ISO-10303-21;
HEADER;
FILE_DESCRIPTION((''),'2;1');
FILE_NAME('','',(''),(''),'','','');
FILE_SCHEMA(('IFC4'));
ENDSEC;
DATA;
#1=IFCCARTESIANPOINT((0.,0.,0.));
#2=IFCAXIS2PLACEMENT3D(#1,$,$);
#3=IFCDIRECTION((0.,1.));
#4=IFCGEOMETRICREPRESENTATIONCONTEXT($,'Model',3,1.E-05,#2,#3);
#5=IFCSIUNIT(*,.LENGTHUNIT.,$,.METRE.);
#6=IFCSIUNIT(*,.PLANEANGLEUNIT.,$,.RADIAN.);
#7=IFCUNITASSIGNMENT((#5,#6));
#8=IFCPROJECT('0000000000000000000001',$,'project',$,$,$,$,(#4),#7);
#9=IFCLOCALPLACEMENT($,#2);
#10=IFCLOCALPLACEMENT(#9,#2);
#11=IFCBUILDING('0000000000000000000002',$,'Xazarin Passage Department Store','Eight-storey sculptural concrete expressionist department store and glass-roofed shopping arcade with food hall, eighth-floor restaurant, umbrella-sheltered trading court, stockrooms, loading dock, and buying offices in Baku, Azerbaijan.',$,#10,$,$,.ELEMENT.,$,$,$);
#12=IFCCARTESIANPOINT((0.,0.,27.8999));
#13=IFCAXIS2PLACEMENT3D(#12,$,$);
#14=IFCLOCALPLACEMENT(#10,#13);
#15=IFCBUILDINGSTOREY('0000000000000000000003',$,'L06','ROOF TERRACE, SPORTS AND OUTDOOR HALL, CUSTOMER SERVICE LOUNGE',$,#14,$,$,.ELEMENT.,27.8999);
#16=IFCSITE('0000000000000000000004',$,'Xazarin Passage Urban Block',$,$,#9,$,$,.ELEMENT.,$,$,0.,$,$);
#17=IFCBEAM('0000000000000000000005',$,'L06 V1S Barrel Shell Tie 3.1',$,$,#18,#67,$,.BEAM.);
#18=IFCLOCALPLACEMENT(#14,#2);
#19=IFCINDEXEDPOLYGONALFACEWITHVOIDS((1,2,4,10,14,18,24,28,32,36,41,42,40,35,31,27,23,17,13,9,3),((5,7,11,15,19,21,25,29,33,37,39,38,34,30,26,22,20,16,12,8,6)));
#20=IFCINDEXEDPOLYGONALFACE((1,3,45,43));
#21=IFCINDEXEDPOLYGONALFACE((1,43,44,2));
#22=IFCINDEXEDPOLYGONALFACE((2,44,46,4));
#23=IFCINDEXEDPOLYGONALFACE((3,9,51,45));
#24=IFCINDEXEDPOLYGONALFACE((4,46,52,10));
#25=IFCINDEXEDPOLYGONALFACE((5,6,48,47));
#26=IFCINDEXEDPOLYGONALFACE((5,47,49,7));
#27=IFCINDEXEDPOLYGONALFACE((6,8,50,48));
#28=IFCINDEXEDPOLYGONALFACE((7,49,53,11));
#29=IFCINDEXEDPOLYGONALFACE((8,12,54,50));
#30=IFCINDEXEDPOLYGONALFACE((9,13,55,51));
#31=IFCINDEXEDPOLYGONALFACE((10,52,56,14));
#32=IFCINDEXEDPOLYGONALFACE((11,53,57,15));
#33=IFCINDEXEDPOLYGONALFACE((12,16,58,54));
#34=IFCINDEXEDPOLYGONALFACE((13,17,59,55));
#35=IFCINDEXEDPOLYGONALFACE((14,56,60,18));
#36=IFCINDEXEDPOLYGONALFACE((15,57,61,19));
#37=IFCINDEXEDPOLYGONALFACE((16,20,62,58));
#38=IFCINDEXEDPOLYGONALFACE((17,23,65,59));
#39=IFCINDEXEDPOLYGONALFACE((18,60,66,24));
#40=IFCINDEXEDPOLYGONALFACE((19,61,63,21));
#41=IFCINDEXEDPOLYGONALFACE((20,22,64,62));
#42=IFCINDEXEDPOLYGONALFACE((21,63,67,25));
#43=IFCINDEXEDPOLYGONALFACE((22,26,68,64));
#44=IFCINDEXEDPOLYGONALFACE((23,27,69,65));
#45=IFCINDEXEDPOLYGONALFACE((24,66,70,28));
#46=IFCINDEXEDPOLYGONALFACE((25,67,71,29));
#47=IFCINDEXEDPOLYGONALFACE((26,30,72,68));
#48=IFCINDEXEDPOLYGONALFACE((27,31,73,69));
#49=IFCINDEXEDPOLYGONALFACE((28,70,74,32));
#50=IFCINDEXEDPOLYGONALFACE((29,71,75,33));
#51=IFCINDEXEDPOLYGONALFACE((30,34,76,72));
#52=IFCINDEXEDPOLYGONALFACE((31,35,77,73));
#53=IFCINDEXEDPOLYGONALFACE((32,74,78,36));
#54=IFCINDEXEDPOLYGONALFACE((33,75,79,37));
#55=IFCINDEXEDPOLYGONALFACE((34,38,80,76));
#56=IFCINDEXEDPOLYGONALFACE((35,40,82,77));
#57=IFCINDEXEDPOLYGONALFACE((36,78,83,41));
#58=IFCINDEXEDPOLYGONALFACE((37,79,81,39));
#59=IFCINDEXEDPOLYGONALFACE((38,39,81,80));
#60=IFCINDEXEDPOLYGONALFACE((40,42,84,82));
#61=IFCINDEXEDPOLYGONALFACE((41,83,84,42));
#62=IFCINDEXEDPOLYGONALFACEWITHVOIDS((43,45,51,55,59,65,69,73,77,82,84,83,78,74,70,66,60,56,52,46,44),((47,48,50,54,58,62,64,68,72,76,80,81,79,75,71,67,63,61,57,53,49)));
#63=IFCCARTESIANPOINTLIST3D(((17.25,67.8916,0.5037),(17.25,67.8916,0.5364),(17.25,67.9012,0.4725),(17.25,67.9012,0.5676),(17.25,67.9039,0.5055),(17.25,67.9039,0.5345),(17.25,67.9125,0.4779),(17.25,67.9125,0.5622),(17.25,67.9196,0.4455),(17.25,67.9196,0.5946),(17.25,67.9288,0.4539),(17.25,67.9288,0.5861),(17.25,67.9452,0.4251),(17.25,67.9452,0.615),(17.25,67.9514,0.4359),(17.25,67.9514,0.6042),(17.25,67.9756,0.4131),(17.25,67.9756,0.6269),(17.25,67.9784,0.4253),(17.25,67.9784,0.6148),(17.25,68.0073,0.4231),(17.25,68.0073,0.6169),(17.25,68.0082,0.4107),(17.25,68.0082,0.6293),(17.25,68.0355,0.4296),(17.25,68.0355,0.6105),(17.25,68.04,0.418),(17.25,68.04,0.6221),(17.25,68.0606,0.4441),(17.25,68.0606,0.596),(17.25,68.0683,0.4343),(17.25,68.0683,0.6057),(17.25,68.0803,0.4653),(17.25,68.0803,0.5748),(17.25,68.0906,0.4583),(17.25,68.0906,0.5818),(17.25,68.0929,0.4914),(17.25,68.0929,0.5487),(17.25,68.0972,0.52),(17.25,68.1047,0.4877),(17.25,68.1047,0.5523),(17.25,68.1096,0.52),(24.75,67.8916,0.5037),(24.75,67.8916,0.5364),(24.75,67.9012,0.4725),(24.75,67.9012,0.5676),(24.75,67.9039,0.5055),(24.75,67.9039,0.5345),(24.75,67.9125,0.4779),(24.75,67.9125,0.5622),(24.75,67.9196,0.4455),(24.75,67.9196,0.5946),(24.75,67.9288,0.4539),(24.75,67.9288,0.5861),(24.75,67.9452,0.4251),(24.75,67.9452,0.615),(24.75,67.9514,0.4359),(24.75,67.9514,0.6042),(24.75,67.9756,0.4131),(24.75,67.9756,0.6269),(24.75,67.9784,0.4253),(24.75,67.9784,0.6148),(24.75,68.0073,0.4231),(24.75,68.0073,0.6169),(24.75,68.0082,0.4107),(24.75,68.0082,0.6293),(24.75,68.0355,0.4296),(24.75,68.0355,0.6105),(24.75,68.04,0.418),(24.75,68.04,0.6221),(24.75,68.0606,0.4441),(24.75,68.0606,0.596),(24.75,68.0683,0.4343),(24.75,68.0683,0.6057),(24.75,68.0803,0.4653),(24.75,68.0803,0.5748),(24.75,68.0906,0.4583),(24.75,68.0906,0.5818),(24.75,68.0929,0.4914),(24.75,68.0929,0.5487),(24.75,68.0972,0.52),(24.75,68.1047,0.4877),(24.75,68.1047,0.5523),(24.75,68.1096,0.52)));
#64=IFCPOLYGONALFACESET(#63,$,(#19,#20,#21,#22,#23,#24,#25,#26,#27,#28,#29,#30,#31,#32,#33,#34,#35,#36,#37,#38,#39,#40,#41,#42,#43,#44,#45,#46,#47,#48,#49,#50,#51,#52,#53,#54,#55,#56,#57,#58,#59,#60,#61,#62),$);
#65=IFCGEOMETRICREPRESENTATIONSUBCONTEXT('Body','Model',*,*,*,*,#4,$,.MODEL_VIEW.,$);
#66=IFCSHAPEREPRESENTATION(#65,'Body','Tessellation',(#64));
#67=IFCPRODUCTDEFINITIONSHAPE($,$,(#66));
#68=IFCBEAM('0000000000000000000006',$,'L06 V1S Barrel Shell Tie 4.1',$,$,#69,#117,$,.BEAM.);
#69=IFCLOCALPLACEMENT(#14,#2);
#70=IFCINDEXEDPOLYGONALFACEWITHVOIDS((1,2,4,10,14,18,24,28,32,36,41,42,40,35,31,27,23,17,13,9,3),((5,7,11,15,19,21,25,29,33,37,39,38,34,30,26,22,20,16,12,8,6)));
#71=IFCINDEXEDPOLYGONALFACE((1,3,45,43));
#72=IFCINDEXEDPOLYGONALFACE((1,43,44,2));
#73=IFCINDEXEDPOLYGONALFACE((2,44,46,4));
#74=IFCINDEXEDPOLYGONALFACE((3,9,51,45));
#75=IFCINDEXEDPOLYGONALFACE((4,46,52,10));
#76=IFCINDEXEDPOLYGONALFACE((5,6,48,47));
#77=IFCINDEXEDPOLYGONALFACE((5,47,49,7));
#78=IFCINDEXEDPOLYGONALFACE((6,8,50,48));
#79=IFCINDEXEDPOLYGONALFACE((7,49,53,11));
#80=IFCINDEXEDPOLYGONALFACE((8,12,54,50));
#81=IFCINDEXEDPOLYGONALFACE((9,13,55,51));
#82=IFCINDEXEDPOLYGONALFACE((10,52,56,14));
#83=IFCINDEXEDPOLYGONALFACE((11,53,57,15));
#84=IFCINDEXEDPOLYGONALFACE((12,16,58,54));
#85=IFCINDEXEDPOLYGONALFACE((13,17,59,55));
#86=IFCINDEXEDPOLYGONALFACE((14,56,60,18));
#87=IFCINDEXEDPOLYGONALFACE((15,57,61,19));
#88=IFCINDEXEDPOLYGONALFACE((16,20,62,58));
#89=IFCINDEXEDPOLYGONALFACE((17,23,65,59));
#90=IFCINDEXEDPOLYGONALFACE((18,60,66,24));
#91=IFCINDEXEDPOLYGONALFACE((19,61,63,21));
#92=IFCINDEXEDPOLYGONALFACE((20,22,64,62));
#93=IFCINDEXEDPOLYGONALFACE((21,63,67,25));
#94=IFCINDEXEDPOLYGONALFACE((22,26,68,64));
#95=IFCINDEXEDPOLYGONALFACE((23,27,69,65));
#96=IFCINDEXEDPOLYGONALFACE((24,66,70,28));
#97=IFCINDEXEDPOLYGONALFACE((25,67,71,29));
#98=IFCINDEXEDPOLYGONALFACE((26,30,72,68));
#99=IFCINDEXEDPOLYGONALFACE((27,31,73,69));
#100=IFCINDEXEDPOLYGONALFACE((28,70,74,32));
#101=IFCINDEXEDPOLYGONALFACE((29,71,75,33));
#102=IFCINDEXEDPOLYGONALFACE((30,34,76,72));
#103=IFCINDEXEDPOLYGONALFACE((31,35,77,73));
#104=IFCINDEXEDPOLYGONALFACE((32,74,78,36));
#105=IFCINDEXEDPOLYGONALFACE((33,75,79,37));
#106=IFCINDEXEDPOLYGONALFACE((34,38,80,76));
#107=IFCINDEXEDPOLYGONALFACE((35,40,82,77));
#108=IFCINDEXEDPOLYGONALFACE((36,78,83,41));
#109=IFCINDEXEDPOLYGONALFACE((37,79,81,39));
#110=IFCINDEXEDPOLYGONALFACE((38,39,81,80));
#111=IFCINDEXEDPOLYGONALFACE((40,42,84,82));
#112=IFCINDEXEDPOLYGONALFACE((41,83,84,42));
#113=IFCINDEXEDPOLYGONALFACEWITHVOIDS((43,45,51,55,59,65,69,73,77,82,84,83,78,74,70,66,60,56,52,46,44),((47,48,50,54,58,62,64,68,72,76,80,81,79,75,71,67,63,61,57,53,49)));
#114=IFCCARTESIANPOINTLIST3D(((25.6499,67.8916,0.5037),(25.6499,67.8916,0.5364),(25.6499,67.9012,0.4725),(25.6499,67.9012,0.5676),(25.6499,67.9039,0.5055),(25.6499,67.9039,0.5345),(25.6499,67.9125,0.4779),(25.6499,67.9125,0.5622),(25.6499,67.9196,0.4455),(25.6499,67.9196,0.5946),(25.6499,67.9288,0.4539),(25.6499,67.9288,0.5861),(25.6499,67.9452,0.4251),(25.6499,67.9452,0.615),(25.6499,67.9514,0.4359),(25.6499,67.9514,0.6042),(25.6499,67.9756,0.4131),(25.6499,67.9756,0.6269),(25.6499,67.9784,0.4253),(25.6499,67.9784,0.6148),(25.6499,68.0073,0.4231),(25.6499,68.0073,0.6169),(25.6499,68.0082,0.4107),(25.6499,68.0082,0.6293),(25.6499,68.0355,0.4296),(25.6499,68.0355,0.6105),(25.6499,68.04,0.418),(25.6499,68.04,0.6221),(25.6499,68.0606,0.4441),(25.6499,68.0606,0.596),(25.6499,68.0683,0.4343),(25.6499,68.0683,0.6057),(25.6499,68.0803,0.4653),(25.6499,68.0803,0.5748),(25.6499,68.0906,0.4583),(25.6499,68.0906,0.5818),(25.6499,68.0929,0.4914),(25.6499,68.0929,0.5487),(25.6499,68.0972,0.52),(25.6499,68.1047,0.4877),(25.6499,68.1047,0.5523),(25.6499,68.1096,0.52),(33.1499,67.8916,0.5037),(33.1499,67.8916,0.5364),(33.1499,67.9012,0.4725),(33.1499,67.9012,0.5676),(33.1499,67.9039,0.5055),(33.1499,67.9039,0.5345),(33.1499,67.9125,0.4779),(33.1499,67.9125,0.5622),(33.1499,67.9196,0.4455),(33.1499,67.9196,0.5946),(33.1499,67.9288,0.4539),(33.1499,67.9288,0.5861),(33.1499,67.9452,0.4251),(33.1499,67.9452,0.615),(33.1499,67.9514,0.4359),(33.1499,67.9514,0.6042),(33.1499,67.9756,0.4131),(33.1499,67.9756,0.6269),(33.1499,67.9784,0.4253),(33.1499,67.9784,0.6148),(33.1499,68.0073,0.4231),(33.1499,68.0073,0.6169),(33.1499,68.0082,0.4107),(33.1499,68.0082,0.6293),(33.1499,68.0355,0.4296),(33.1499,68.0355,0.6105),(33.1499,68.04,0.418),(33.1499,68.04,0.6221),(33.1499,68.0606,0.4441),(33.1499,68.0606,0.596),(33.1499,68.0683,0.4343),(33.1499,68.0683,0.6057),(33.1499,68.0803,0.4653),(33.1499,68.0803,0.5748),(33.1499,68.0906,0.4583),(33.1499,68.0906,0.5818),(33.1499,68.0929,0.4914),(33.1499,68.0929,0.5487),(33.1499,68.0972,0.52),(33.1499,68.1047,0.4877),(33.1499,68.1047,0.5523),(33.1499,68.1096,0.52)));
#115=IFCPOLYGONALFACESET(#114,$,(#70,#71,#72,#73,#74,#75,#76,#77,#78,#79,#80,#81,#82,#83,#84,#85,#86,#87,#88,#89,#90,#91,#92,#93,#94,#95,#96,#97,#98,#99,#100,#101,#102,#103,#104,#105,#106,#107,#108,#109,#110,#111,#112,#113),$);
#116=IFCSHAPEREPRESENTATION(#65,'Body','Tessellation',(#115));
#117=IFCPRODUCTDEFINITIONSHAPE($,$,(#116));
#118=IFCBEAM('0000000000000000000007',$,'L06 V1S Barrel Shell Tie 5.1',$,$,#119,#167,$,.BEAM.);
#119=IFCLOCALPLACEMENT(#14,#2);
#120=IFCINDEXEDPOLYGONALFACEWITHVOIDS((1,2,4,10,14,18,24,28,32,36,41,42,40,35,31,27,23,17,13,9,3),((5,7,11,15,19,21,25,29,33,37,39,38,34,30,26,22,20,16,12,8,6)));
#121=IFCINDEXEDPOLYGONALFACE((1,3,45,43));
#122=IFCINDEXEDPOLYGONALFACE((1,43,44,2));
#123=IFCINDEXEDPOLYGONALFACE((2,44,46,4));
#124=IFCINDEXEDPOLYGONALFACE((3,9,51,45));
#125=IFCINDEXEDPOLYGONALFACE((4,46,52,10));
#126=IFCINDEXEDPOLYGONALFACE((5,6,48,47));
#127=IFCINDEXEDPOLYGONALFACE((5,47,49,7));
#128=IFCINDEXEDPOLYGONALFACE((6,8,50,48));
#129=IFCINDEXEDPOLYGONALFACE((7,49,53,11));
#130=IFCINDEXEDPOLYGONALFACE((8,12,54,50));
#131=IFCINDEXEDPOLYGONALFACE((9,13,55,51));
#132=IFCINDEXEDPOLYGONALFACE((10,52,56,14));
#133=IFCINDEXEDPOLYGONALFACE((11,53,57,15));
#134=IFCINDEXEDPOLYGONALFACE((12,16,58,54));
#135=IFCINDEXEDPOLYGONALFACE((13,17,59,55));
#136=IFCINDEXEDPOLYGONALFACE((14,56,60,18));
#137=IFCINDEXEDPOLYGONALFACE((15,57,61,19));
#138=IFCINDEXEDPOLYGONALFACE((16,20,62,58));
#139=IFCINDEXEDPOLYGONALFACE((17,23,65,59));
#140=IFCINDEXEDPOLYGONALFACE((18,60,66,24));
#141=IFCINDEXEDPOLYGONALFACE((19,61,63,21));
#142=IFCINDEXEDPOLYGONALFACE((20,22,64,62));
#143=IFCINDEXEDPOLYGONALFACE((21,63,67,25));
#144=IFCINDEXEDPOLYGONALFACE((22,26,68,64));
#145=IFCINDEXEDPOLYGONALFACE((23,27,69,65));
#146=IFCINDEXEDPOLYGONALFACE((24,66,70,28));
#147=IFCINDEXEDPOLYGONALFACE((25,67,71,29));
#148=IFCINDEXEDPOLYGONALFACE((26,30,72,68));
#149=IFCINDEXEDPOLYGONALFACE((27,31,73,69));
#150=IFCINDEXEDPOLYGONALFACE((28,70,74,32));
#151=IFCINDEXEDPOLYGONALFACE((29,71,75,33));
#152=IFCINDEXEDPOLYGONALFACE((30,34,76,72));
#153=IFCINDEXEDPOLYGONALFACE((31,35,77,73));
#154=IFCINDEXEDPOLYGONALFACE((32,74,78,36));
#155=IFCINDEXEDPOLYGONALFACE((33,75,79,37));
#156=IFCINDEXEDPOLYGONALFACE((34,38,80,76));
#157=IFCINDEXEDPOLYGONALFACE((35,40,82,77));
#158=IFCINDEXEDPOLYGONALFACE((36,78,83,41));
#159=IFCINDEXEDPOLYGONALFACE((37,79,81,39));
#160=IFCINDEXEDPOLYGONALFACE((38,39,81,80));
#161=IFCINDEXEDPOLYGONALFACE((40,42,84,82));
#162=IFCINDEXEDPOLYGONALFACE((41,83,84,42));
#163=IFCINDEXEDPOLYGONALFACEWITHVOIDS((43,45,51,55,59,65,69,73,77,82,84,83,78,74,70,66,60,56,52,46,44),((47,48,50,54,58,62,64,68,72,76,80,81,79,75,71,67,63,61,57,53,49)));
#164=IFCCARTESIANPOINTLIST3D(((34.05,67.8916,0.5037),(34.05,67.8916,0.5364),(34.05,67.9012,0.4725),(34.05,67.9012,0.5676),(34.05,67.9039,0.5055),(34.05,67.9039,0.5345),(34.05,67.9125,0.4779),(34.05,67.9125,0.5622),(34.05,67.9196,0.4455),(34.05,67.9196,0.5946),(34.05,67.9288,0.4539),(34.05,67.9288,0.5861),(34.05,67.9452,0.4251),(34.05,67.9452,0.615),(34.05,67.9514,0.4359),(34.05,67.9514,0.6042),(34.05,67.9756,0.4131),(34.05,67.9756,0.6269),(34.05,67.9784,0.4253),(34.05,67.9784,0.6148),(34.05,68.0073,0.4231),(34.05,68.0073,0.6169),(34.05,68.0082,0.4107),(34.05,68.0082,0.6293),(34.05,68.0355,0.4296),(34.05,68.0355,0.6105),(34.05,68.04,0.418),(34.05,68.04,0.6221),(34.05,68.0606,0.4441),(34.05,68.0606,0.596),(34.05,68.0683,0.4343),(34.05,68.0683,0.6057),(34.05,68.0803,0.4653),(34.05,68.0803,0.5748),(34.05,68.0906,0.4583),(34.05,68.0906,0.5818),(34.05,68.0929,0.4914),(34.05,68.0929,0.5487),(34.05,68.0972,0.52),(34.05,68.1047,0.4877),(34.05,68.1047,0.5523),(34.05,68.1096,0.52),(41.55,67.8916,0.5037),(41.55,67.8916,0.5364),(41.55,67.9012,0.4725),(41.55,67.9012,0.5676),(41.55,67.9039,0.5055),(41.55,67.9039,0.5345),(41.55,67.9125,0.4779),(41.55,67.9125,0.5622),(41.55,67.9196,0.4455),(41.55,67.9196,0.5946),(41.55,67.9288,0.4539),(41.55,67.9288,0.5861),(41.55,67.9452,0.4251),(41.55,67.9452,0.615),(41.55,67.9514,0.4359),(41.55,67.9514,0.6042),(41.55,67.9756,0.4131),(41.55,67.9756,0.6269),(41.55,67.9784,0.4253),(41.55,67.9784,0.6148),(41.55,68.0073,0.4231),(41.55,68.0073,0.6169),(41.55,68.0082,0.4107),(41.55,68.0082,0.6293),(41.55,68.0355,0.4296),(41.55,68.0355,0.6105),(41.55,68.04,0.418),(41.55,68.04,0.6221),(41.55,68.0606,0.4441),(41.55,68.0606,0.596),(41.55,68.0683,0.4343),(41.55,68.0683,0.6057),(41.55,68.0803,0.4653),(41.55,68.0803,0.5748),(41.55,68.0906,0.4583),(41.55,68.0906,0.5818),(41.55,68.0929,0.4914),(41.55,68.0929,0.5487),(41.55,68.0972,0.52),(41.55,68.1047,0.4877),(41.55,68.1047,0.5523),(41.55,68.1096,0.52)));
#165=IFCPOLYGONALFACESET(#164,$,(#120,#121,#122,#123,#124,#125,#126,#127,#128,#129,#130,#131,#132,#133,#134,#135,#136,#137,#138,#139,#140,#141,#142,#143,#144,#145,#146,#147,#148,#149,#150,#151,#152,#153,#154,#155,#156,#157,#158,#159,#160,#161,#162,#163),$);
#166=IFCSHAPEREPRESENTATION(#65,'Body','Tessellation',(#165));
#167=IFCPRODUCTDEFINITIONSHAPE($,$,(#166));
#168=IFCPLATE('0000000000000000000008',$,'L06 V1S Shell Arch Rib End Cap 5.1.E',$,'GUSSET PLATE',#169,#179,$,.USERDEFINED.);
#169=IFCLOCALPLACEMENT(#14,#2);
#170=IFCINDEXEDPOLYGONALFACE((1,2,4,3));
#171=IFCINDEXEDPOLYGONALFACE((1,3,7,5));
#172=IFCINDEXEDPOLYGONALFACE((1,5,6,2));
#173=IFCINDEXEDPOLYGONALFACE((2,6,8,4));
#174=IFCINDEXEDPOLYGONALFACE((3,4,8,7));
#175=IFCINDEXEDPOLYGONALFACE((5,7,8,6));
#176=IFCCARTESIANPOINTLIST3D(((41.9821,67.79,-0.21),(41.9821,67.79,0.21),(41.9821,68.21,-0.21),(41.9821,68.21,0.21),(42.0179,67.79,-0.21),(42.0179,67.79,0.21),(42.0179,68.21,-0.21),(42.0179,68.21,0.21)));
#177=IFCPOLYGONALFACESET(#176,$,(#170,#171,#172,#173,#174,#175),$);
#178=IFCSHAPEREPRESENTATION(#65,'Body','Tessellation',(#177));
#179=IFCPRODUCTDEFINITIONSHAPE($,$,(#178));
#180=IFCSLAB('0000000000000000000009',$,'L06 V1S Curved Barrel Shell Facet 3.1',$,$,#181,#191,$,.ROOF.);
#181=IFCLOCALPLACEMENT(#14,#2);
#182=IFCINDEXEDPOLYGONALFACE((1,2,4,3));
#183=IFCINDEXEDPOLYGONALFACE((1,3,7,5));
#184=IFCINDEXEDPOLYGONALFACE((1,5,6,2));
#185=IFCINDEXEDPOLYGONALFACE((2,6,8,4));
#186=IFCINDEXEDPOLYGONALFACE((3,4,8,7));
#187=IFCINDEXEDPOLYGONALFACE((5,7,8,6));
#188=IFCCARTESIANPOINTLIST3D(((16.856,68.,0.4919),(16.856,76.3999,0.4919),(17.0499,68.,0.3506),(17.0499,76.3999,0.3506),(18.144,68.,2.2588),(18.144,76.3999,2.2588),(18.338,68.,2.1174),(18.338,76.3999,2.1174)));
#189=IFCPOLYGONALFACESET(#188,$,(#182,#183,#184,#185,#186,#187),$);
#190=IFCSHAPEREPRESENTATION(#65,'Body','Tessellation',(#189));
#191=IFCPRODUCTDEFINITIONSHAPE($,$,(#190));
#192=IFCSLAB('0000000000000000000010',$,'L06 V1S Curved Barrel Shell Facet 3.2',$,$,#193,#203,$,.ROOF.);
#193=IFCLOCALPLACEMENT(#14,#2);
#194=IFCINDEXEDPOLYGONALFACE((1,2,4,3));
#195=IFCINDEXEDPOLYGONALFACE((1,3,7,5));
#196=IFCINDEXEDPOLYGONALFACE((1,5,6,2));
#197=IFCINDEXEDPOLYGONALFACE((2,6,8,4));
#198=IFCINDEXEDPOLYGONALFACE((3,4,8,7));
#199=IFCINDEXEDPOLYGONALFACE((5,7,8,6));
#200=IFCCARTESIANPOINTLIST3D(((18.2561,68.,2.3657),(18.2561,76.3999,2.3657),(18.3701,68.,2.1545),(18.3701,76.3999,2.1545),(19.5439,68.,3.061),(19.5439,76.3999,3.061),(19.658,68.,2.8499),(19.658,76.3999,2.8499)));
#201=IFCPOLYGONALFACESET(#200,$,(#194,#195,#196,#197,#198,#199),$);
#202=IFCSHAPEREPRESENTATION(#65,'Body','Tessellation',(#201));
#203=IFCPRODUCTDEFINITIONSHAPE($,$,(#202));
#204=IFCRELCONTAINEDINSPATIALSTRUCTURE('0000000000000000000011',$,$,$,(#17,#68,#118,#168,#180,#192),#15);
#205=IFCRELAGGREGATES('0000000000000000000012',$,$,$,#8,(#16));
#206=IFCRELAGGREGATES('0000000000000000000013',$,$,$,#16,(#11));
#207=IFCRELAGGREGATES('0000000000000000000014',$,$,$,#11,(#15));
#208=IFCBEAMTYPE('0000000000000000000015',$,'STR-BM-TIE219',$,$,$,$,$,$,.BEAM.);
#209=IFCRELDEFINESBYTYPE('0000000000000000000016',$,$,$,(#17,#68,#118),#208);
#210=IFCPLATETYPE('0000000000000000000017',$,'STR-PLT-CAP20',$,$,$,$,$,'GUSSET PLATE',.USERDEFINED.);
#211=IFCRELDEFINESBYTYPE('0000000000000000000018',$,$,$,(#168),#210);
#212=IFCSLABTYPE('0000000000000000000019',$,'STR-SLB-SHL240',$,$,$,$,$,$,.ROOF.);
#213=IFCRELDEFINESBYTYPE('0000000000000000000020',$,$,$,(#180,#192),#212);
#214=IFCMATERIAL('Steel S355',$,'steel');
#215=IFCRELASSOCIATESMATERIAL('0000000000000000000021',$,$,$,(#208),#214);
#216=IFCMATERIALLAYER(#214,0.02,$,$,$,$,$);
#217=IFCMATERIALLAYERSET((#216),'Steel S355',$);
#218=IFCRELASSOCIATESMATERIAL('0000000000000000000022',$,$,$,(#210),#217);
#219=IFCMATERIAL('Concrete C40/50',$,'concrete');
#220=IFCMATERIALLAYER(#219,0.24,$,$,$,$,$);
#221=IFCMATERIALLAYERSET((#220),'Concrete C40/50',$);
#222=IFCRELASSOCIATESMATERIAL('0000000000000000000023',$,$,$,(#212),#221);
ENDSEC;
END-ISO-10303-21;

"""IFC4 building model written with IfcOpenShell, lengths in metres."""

from ifc_helpers import new_model, si_unit, direction, frame, origin, origin_2d, place, context, subcontext, project, spatial, polyline, rectangle, hollow_circle, outline, extrude, material, layer, layer_set, material_profile, profile_set, type_object, element, save


model = new_model("IFC4")

# Units and contexts
model_context = context("Model", 3, precision=1e-05, world=origin(), true_north=direction((0.0, 1.0)))
body_context = subcontext(model_context, "Body", "Model", "MODEL_VIEW")
ifc_project = project(units=[si_unit("LENGTHUNIT", "METRE"), si_unit("PLANEANGLEUNIT", "RADIAN")], contexts=[model_context])

# Site, building, storey
site_placement = place(None, origin())
site = spatial("IfcSite", under=ifc_project, at=site_placement, Name="Xazarin Passage Urban Block", CompositionType="ELEMENT", RefElevation=0.0)
building_placement = place(site_placement, origin())
building = spatial("IfcBuilding", under=site, at=building_placement, Name="Xazarin Passage Department Store", Description="Eight-storey sculptural concrete expressionist department store and glass-roofed shopping arcade with food hall, eighth-floor restaurant, umbrella-sheltered trading court, stockrooms, loading dock, and buying offices in Baku, Azerbaijan.", CompositionType="ELEMENT")
storey_placement = place(building_placement, frame((0.0, 0.0, 27.8999)))
storey = spatial("IfcBuildingStorey", under=building, at=storey_placement, Name="L06", Description="ROOF TERRACE, SPORTS AND OUTDOOR HALL, CUSTOMER SERVICE LOUNGE", CompositionType="ELEMENT", Elevation=27.8999)

# Beams
ifc_material_1 = material(Name="Steel S355", Category="steel")
ifc_material_profile_1 = material_profile(ifc_material_1, hollow_circle(Radius=0.1096, WallThickness=0.0125, at=origin_2d()), Name="CHS 219.1x12.5")
ifc_profile_set_1 = profile_set([ifc_material_profile_1], Name="Steel S355")
beam_type_1 = type_object("IfcBeamType", Name="STR-BM-TIE219", PredefinedType="BEAM", material=ifc_profile_set_1)
for number, where, z_axis, x_axis, name in (
    (1, (17.25, 68.0, 0.52), (1.0, 0.0, 0.0), (0.0, 1.0, 0.0), "L06 V1S Barrel Shell Tie 3.1"),
    (2, (25.6499, 68.0, 0.52), (1.0, 0.0, 0.0), (0.0, 1.0, 0.0), "L06 V1S Barrel Shell Tie 4.1"),
    (3, (34.05, 68.0, 0.52), (1.0, 0.0, 0.0), (0.0, 1.0, 0.0), "L06 V1S Barrel Shell Tie 5.1"),
):
    element("IfcBeam", number, at=place(storey_placement, frame(where, z_axis=z_axis, x_axis=x_axis)), inside=storey, type_object=beam_type_1, Name=name, PredefinedType="BEAM", context=body_context, shape_type="SweptSolid", body=[
        extrude(hollow_circle(Radius=0.1096, WallThickness=0.0125, at=origin_2d()), origin(), (0.0, 0.0, 1.0), 7.5),
    ])

# Plate
ifc_layer_1 = layer(ifc_material_1, 0.02)
ifc_layer_set_1 = layer_set([ifc_layer_1], Name="Steel S355")
plate_type = type_object("IfcPlateType", Name="STR-PLT-CAP20", ElementType="GUSSET PLATE", PredefinedType="USERDEFINED", material=ifc_layer_set_1)
plate_placement = place(storey_placement, frame((42.0, 68.0, -0.21), z_axis=(0.0, 0.0, 1.0), x_axis=(1.0, 0.0, 0.0)))
element("IfcPlate", 4, at=plate_placement, inside=storey, type_object=plate_type, Name="L06 V1S Shell Arch Rib End Cap 5.1.E", ObjectType="GUSSET PLATE", PredefinedType="USERDEFINED", context=body_context, shape_type="SweptSolid", body=[
    extrude(rectangle(XDim=0.0359, YDim=0.4199, at=origin_2d()), origin(), (0.0, 0.0, 1.0), 0.4199),
])

# Slabs
ifc_material_2 = material(Name="Concrete C40/50", Category="concrete")
ifc_layer_2 = layer(ifc_material_2, 0.24)
ifc_layer_set_2 = layer_set([ifc_layer_2], Name="Concrete C40/50")
slab_type = type_object("IfcSlabType", Name="STR-SLB-SHL240", PredefinedType="ROOF", material=ifc_layer_set_2)
slab_1_placement = place(storey_placement, frame((16.856, 68.0, 0.4919), z_axis=(-0.80806, 0.0, 0.589101), x_axis=(0.589101, 0.0, 0.80806)))
element("IfcSlab", 5, at=slab_1_placement, inside=storey, type_object=slab_type, Name="L06 V1S Curved Barrel Shell Facet 3.1", PredefinedType="ROOF", context=body_context, shape_type="SweptSolid", body=[
    extrude(outline(polyline([(0.0, 0.0), (2.1865, 0.0), (2.1865, 8.3999), (0.0, 8.3999), (0.0, 0.0)])), origin(), (0.0, 0.0, -1.0), 0.24),
])
slab_2_placement = place(storey_placement, frame((18.2561, 68.0, 2.3657), z_axis=(-0.475084, 0.0, 0.87994), x_axis=(0.87994, 0.0, 0.475084)))
element("IfcSlab", 6, at=slab_2_placement, inside=storey, type_object=slab_type, Name="L06 V1S Curved Barrel Shell Facet 3.2", PredefinedType="ROOF", context=body_context, shape_type="SweptSolid", body=[
    extrude(outline(polyline([(0.0, 0.0), (1.4636, 0.0), (1.4636, 8.3999), (0.0, 8.3999), (0.0, 0.0)])), origin(), (0.0, 0.0, -1.0), 0.24),
])

save(model, "model.ifc")
